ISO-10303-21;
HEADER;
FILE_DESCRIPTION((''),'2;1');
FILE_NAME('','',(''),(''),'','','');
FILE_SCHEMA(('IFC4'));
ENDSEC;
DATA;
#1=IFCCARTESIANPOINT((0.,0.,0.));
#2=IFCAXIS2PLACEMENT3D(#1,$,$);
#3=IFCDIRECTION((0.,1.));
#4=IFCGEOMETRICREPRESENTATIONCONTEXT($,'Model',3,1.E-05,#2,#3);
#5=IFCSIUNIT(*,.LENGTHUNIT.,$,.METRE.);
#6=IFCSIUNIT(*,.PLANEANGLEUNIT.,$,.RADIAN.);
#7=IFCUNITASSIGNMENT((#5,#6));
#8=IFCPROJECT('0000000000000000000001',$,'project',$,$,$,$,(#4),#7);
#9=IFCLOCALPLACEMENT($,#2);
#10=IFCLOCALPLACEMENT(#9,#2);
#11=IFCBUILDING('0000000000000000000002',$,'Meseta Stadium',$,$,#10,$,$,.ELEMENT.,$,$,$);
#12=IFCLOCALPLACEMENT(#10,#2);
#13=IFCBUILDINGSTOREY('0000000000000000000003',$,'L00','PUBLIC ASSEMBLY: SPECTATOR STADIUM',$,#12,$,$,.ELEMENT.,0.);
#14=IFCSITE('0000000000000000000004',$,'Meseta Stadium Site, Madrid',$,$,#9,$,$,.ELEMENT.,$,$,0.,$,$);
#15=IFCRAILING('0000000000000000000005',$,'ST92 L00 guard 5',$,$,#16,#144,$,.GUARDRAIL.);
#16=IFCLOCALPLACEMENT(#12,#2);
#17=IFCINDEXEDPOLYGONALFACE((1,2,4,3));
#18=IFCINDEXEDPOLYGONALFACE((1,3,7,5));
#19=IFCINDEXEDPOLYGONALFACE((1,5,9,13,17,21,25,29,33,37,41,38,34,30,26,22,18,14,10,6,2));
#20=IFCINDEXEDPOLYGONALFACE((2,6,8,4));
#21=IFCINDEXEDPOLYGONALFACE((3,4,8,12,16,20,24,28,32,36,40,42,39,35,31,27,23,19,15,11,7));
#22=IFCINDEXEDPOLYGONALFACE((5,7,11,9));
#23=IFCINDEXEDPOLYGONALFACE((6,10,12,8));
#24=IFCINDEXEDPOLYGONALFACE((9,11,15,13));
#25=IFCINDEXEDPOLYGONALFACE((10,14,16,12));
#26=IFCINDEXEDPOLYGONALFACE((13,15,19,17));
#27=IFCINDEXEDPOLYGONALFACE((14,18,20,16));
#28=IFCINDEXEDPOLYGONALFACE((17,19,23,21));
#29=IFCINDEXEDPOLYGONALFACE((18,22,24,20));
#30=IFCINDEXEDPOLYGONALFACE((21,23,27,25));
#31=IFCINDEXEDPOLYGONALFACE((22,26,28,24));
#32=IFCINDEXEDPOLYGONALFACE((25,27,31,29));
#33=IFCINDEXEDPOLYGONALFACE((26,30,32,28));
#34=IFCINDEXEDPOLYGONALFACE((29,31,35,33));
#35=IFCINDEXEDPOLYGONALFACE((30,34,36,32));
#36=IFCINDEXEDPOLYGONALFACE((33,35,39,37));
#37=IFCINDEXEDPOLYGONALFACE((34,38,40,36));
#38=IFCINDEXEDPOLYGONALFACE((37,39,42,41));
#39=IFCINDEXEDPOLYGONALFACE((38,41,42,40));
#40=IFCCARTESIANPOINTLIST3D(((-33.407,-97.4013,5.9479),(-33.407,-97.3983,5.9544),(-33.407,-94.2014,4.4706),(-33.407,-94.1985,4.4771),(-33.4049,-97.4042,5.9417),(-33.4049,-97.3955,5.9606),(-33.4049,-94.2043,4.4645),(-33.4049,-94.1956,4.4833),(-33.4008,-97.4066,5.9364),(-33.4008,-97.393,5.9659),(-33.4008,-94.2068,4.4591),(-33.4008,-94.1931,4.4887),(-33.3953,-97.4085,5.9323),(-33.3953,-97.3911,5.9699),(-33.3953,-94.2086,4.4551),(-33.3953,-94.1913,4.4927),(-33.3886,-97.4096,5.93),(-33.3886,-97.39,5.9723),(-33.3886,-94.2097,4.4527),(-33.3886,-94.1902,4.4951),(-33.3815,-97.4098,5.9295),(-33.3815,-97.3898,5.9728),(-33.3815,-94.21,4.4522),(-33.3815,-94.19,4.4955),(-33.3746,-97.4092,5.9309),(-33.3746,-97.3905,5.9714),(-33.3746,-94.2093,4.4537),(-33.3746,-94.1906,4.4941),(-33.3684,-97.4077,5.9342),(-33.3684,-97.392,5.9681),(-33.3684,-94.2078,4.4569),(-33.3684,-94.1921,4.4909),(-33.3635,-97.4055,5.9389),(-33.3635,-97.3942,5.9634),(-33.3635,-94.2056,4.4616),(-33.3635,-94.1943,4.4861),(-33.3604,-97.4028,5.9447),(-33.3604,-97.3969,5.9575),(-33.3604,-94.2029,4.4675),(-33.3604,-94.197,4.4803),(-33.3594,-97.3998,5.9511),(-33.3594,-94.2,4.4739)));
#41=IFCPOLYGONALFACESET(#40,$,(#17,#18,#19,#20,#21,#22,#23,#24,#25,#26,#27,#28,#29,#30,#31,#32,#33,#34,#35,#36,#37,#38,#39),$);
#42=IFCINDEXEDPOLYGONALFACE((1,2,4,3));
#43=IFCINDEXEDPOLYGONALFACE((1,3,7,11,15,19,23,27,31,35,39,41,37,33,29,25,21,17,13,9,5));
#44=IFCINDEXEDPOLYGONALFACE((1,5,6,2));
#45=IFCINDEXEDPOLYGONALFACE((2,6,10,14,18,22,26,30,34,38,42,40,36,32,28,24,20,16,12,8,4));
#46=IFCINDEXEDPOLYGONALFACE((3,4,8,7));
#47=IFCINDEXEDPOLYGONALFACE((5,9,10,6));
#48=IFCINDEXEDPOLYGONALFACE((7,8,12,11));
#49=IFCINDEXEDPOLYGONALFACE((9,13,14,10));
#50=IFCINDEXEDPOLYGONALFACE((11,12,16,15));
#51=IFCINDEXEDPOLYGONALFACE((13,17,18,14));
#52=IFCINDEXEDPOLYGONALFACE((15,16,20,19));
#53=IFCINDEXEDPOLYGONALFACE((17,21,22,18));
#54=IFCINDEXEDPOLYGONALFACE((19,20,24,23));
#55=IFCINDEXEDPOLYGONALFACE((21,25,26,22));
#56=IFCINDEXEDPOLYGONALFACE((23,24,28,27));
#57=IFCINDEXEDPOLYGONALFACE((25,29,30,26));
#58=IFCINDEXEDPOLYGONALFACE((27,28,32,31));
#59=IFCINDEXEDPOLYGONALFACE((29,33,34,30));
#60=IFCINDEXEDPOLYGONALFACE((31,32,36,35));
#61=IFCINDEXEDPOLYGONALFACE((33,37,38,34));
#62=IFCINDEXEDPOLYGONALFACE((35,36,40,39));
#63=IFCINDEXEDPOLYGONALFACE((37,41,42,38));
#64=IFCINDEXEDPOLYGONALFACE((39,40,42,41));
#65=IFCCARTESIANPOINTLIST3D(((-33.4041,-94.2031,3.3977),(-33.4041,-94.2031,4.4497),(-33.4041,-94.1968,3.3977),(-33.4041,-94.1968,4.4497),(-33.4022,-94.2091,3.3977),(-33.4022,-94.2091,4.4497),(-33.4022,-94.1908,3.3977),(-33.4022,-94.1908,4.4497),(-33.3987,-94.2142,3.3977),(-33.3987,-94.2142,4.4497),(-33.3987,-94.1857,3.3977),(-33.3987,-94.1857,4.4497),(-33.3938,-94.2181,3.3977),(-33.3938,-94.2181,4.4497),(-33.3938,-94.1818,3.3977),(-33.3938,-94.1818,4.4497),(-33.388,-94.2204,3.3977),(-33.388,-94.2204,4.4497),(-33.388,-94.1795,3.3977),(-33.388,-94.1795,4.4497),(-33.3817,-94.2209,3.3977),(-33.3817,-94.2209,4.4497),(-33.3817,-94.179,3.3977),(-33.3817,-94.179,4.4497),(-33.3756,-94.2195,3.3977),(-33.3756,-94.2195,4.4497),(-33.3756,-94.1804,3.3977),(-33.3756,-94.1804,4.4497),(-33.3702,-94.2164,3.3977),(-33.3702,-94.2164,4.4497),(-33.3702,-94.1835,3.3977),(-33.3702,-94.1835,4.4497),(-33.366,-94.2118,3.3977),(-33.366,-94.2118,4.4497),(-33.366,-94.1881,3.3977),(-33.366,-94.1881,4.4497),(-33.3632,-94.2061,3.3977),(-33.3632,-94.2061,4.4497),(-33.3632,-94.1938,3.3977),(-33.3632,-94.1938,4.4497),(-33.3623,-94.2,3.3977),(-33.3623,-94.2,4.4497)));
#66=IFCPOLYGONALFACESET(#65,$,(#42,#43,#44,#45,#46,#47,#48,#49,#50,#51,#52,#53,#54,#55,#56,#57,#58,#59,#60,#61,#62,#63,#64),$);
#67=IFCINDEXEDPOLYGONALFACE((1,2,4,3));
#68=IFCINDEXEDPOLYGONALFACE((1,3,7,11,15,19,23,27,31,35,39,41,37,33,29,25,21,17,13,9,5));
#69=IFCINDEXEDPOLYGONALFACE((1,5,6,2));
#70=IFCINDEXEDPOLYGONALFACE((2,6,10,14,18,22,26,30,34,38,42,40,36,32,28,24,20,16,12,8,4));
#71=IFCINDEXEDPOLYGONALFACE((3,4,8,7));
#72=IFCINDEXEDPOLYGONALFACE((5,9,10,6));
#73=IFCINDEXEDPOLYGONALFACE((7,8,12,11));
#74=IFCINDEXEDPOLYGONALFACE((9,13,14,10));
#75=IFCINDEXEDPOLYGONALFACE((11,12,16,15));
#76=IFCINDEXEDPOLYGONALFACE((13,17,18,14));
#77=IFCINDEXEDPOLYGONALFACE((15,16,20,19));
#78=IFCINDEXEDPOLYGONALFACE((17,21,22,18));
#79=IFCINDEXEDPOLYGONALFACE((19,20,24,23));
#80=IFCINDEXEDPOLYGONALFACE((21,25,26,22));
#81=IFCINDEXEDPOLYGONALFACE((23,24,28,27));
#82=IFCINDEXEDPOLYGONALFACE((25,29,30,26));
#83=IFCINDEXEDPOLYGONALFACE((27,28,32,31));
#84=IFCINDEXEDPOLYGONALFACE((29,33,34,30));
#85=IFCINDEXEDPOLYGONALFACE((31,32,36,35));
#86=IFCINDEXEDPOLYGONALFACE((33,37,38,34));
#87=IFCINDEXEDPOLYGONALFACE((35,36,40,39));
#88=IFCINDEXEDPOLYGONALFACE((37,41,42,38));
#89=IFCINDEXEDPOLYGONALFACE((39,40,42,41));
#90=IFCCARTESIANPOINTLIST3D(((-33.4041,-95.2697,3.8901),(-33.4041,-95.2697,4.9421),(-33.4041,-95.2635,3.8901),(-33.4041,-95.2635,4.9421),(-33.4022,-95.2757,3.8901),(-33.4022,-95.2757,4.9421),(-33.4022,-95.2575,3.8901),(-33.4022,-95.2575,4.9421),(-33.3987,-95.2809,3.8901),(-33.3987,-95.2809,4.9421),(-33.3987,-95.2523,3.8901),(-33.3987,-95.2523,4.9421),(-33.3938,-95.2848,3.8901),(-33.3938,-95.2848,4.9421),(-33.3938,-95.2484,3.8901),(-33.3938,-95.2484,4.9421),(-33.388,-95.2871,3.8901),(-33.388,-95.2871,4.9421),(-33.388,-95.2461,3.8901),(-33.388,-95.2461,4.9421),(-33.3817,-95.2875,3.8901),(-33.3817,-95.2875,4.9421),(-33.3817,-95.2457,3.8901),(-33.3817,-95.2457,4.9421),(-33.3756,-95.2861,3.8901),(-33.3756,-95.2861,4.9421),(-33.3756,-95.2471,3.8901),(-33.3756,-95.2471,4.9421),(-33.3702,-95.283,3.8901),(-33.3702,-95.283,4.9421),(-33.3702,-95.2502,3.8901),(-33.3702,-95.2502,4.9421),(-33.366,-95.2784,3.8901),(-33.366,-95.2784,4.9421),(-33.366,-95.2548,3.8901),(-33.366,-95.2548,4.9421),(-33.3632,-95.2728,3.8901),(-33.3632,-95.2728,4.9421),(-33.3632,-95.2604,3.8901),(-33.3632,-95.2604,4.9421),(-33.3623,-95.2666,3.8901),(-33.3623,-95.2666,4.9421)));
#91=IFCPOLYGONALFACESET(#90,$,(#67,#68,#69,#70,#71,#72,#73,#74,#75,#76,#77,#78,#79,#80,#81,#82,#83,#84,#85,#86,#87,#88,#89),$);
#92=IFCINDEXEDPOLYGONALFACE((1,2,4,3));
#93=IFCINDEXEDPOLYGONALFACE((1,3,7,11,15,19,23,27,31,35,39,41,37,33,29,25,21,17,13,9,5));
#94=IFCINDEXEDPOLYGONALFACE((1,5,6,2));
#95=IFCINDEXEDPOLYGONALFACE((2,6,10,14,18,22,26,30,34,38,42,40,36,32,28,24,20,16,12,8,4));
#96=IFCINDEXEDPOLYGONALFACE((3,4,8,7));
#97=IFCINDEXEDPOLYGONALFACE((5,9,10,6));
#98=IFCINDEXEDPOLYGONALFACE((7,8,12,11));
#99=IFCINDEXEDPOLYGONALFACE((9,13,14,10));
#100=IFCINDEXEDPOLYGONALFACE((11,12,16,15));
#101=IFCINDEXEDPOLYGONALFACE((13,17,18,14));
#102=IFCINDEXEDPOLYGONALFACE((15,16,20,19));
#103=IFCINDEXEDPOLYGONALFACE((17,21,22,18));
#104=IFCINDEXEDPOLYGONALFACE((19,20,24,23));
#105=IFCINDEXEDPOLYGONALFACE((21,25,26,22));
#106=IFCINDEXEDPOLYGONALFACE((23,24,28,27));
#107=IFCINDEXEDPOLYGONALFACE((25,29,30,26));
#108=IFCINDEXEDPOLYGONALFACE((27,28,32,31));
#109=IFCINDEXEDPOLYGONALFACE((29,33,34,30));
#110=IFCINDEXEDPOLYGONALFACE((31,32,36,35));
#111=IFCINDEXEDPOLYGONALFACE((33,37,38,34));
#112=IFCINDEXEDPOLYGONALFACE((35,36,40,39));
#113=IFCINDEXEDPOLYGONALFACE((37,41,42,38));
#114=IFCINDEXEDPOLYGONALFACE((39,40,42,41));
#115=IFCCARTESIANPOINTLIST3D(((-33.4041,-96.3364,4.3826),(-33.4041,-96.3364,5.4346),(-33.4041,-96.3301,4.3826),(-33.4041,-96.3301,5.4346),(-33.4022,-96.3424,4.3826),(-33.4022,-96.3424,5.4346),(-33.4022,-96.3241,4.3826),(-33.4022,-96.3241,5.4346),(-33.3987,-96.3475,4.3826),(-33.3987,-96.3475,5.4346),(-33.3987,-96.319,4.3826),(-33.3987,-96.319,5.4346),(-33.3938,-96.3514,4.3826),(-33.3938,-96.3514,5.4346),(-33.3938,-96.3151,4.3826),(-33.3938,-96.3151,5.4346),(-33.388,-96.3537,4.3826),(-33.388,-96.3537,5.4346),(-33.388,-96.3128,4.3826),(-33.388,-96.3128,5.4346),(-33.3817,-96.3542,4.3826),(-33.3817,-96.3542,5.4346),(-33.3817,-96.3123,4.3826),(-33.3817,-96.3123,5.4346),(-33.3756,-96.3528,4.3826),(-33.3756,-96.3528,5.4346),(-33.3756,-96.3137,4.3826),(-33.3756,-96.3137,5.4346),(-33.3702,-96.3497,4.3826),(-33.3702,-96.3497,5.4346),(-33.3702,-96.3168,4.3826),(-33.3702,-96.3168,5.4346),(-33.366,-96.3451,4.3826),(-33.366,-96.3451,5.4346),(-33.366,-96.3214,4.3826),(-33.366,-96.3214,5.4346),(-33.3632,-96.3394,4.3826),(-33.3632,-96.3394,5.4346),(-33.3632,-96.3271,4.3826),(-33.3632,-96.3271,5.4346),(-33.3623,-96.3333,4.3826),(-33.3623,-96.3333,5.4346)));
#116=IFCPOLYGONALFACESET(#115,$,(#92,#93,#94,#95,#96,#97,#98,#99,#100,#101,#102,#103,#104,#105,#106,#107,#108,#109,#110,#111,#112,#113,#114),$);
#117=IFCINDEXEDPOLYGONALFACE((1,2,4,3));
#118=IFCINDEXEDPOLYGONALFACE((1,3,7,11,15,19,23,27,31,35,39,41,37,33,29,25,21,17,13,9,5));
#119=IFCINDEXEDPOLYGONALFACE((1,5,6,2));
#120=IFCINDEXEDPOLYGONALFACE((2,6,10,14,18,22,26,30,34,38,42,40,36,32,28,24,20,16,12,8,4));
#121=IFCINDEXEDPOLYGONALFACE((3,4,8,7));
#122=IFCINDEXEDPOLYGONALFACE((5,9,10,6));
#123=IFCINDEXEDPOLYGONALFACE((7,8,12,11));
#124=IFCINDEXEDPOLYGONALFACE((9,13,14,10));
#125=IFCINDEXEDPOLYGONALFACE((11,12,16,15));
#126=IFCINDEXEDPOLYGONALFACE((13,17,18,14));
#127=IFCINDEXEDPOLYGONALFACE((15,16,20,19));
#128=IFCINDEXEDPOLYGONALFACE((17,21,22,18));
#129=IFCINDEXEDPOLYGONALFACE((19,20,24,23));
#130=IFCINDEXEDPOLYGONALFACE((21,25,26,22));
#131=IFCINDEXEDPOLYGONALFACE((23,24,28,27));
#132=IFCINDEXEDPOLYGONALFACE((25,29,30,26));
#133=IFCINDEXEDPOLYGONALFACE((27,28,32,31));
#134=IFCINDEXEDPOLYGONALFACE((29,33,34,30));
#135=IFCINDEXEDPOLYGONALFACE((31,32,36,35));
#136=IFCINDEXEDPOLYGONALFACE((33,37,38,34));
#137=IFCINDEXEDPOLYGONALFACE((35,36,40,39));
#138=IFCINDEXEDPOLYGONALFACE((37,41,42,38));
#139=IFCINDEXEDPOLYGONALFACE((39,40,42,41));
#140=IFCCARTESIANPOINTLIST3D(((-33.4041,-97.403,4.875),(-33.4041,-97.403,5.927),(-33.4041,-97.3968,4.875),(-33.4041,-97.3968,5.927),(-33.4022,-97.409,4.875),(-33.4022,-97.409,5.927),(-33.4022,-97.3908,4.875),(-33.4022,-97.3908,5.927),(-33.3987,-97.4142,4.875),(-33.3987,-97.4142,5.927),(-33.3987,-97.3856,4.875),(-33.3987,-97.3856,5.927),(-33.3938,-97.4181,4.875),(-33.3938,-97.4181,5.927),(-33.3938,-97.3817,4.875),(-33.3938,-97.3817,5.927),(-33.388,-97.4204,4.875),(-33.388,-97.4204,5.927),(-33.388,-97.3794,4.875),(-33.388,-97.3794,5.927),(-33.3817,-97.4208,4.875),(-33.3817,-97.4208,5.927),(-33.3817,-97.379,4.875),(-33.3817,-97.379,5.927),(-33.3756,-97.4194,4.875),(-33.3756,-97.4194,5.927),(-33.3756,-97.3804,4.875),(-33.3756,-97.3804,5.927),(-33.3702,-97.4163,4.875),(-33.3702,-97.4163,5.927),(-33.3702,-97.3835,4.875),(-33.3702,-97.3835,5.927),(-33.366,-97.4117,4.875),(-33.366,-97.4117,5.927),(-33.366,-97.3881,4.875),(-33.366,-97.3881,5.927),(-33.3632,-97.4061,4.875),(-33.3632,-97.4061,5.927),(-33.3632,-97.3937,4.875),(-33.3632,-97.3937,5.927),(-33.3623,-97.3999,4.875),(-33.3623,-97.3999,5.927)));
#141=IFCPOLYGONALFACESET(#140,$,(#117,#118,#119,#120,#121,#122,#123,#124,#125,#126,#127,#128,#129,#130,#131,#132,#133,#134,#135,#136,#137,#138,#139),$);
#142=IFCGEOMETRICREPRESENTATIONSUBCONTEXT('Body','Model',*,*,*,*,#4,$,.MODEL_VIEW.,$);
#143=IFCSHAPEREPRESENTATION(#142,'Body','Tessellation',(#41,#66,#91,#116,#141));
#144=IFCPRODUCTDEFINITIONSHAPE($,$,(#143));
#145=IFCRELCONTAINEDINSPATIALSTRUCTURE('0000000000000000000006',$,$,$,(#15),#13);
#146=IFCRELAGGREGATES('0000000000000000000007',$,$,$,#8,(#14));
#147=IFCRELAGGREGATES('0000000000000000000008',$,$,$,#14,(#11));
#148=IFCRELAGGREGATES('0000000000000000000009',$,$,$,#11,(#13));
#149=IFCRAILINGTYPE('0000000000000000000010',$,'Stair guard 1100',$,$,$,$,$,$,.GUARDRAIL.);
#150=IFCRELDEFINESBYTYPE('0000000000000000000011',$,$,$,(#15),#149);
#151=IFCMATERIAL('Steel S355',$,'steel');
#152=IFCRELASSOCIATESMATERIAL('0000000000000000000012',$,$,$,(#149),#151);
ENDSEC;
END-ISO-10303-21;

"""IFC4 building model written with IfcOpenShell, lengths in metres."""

from ifc_helpers import new_model, si_unit, direction, frame, origin, origin_2d, place, context, subcontext, project, spatial, circle, extrude, material, type_object, element, save


model = new_model("IFC4")

# Units and contexts
model_context = context("Model", 3, precision=1e-05, world=origin(), true_north=direction((0.0, 1.0)))
body_context = subcontext(model_context, "Body", "Model", "MODEL_VIEW")
ifc_project = project(units=[si_unit("LENGTHUNIT", "METRE"), si_unit("PLANEANGLEUNIT", "RADIAN")], contexts=[model_context])

# Site, building, storey
site_placement = place(None, origin())
site = spatial("IfcSite", under=ifc_project, at=site_placement, Name="Meseta Stadium Site, Madrid", CompositionType="ELEMENT", RefElevation=0.0)
building_placement = place(site_placement, origin())
building = spatial("IfcBuilding", under=site, at=building_placement, Name="Meseta Stadium", CompositionType="ELEMENT")
storey_placement = place(building_placement, origin())
storey = spatial("IfcBuildingStorey", under=building, at=storey_placement, Name="L00", Description="PUBLIC ASSEMBLY: SPECTATOR STADIUM", CompositionType="ELEMENT", Elevation=0.0)

# Railing
ifc_material_1 = material(Name="Steel S355", Category="steel")
railing_type_1 = type_object("IfcRailingType", Name="Stair guard 1100", PredefinedType="GUARDRAIL", material=ifc_material_1)
railing_1_placement = place(storey_placement, frame((-33.3833, -94.2, 3.3977)))
element("IfcRailing", 1, at=railing_1_placement, inside=storey, type_object=railing_type_1, Name="ST92 L00 guard 5", PredefinedType="GUARDRAIL", context=body_context, shape_type="SweptSolid", body=[
    extrude(circle(Radius=0.0239, at=origin_2d()), frame((0.0, 0.0, 1.0762), z_axis=(0.0, -0.907917, 0.41915), x_axis=(1.0, 0.0, 0.0)), (0.0, 0.0, 1.0), 3.5244),
    extrude(circle(Radius=0.021, at=origin_2d()), origin(), (0.0, 0.0, 1.0), 1.052),
    extrude(circle(Radius=0.021, at=origin_2d()), frame((0.0, -1.0667, 0.4924)), (0.0, 0.0, 1.0), 1.052),
    extrude(circle(Radius=0.021, at=origin_2d()), frame((0.0, -2.1333, 0.9849)), (0.0, 0.0, 1.0), 1.052),
    extrude(circle(Radius=0.021, at=origin_2d()), frame((0.0, -3.2, 1.4773)), (0.0, 0.0, 1.0), 1.052),
])

save(model, "model.ifc")
